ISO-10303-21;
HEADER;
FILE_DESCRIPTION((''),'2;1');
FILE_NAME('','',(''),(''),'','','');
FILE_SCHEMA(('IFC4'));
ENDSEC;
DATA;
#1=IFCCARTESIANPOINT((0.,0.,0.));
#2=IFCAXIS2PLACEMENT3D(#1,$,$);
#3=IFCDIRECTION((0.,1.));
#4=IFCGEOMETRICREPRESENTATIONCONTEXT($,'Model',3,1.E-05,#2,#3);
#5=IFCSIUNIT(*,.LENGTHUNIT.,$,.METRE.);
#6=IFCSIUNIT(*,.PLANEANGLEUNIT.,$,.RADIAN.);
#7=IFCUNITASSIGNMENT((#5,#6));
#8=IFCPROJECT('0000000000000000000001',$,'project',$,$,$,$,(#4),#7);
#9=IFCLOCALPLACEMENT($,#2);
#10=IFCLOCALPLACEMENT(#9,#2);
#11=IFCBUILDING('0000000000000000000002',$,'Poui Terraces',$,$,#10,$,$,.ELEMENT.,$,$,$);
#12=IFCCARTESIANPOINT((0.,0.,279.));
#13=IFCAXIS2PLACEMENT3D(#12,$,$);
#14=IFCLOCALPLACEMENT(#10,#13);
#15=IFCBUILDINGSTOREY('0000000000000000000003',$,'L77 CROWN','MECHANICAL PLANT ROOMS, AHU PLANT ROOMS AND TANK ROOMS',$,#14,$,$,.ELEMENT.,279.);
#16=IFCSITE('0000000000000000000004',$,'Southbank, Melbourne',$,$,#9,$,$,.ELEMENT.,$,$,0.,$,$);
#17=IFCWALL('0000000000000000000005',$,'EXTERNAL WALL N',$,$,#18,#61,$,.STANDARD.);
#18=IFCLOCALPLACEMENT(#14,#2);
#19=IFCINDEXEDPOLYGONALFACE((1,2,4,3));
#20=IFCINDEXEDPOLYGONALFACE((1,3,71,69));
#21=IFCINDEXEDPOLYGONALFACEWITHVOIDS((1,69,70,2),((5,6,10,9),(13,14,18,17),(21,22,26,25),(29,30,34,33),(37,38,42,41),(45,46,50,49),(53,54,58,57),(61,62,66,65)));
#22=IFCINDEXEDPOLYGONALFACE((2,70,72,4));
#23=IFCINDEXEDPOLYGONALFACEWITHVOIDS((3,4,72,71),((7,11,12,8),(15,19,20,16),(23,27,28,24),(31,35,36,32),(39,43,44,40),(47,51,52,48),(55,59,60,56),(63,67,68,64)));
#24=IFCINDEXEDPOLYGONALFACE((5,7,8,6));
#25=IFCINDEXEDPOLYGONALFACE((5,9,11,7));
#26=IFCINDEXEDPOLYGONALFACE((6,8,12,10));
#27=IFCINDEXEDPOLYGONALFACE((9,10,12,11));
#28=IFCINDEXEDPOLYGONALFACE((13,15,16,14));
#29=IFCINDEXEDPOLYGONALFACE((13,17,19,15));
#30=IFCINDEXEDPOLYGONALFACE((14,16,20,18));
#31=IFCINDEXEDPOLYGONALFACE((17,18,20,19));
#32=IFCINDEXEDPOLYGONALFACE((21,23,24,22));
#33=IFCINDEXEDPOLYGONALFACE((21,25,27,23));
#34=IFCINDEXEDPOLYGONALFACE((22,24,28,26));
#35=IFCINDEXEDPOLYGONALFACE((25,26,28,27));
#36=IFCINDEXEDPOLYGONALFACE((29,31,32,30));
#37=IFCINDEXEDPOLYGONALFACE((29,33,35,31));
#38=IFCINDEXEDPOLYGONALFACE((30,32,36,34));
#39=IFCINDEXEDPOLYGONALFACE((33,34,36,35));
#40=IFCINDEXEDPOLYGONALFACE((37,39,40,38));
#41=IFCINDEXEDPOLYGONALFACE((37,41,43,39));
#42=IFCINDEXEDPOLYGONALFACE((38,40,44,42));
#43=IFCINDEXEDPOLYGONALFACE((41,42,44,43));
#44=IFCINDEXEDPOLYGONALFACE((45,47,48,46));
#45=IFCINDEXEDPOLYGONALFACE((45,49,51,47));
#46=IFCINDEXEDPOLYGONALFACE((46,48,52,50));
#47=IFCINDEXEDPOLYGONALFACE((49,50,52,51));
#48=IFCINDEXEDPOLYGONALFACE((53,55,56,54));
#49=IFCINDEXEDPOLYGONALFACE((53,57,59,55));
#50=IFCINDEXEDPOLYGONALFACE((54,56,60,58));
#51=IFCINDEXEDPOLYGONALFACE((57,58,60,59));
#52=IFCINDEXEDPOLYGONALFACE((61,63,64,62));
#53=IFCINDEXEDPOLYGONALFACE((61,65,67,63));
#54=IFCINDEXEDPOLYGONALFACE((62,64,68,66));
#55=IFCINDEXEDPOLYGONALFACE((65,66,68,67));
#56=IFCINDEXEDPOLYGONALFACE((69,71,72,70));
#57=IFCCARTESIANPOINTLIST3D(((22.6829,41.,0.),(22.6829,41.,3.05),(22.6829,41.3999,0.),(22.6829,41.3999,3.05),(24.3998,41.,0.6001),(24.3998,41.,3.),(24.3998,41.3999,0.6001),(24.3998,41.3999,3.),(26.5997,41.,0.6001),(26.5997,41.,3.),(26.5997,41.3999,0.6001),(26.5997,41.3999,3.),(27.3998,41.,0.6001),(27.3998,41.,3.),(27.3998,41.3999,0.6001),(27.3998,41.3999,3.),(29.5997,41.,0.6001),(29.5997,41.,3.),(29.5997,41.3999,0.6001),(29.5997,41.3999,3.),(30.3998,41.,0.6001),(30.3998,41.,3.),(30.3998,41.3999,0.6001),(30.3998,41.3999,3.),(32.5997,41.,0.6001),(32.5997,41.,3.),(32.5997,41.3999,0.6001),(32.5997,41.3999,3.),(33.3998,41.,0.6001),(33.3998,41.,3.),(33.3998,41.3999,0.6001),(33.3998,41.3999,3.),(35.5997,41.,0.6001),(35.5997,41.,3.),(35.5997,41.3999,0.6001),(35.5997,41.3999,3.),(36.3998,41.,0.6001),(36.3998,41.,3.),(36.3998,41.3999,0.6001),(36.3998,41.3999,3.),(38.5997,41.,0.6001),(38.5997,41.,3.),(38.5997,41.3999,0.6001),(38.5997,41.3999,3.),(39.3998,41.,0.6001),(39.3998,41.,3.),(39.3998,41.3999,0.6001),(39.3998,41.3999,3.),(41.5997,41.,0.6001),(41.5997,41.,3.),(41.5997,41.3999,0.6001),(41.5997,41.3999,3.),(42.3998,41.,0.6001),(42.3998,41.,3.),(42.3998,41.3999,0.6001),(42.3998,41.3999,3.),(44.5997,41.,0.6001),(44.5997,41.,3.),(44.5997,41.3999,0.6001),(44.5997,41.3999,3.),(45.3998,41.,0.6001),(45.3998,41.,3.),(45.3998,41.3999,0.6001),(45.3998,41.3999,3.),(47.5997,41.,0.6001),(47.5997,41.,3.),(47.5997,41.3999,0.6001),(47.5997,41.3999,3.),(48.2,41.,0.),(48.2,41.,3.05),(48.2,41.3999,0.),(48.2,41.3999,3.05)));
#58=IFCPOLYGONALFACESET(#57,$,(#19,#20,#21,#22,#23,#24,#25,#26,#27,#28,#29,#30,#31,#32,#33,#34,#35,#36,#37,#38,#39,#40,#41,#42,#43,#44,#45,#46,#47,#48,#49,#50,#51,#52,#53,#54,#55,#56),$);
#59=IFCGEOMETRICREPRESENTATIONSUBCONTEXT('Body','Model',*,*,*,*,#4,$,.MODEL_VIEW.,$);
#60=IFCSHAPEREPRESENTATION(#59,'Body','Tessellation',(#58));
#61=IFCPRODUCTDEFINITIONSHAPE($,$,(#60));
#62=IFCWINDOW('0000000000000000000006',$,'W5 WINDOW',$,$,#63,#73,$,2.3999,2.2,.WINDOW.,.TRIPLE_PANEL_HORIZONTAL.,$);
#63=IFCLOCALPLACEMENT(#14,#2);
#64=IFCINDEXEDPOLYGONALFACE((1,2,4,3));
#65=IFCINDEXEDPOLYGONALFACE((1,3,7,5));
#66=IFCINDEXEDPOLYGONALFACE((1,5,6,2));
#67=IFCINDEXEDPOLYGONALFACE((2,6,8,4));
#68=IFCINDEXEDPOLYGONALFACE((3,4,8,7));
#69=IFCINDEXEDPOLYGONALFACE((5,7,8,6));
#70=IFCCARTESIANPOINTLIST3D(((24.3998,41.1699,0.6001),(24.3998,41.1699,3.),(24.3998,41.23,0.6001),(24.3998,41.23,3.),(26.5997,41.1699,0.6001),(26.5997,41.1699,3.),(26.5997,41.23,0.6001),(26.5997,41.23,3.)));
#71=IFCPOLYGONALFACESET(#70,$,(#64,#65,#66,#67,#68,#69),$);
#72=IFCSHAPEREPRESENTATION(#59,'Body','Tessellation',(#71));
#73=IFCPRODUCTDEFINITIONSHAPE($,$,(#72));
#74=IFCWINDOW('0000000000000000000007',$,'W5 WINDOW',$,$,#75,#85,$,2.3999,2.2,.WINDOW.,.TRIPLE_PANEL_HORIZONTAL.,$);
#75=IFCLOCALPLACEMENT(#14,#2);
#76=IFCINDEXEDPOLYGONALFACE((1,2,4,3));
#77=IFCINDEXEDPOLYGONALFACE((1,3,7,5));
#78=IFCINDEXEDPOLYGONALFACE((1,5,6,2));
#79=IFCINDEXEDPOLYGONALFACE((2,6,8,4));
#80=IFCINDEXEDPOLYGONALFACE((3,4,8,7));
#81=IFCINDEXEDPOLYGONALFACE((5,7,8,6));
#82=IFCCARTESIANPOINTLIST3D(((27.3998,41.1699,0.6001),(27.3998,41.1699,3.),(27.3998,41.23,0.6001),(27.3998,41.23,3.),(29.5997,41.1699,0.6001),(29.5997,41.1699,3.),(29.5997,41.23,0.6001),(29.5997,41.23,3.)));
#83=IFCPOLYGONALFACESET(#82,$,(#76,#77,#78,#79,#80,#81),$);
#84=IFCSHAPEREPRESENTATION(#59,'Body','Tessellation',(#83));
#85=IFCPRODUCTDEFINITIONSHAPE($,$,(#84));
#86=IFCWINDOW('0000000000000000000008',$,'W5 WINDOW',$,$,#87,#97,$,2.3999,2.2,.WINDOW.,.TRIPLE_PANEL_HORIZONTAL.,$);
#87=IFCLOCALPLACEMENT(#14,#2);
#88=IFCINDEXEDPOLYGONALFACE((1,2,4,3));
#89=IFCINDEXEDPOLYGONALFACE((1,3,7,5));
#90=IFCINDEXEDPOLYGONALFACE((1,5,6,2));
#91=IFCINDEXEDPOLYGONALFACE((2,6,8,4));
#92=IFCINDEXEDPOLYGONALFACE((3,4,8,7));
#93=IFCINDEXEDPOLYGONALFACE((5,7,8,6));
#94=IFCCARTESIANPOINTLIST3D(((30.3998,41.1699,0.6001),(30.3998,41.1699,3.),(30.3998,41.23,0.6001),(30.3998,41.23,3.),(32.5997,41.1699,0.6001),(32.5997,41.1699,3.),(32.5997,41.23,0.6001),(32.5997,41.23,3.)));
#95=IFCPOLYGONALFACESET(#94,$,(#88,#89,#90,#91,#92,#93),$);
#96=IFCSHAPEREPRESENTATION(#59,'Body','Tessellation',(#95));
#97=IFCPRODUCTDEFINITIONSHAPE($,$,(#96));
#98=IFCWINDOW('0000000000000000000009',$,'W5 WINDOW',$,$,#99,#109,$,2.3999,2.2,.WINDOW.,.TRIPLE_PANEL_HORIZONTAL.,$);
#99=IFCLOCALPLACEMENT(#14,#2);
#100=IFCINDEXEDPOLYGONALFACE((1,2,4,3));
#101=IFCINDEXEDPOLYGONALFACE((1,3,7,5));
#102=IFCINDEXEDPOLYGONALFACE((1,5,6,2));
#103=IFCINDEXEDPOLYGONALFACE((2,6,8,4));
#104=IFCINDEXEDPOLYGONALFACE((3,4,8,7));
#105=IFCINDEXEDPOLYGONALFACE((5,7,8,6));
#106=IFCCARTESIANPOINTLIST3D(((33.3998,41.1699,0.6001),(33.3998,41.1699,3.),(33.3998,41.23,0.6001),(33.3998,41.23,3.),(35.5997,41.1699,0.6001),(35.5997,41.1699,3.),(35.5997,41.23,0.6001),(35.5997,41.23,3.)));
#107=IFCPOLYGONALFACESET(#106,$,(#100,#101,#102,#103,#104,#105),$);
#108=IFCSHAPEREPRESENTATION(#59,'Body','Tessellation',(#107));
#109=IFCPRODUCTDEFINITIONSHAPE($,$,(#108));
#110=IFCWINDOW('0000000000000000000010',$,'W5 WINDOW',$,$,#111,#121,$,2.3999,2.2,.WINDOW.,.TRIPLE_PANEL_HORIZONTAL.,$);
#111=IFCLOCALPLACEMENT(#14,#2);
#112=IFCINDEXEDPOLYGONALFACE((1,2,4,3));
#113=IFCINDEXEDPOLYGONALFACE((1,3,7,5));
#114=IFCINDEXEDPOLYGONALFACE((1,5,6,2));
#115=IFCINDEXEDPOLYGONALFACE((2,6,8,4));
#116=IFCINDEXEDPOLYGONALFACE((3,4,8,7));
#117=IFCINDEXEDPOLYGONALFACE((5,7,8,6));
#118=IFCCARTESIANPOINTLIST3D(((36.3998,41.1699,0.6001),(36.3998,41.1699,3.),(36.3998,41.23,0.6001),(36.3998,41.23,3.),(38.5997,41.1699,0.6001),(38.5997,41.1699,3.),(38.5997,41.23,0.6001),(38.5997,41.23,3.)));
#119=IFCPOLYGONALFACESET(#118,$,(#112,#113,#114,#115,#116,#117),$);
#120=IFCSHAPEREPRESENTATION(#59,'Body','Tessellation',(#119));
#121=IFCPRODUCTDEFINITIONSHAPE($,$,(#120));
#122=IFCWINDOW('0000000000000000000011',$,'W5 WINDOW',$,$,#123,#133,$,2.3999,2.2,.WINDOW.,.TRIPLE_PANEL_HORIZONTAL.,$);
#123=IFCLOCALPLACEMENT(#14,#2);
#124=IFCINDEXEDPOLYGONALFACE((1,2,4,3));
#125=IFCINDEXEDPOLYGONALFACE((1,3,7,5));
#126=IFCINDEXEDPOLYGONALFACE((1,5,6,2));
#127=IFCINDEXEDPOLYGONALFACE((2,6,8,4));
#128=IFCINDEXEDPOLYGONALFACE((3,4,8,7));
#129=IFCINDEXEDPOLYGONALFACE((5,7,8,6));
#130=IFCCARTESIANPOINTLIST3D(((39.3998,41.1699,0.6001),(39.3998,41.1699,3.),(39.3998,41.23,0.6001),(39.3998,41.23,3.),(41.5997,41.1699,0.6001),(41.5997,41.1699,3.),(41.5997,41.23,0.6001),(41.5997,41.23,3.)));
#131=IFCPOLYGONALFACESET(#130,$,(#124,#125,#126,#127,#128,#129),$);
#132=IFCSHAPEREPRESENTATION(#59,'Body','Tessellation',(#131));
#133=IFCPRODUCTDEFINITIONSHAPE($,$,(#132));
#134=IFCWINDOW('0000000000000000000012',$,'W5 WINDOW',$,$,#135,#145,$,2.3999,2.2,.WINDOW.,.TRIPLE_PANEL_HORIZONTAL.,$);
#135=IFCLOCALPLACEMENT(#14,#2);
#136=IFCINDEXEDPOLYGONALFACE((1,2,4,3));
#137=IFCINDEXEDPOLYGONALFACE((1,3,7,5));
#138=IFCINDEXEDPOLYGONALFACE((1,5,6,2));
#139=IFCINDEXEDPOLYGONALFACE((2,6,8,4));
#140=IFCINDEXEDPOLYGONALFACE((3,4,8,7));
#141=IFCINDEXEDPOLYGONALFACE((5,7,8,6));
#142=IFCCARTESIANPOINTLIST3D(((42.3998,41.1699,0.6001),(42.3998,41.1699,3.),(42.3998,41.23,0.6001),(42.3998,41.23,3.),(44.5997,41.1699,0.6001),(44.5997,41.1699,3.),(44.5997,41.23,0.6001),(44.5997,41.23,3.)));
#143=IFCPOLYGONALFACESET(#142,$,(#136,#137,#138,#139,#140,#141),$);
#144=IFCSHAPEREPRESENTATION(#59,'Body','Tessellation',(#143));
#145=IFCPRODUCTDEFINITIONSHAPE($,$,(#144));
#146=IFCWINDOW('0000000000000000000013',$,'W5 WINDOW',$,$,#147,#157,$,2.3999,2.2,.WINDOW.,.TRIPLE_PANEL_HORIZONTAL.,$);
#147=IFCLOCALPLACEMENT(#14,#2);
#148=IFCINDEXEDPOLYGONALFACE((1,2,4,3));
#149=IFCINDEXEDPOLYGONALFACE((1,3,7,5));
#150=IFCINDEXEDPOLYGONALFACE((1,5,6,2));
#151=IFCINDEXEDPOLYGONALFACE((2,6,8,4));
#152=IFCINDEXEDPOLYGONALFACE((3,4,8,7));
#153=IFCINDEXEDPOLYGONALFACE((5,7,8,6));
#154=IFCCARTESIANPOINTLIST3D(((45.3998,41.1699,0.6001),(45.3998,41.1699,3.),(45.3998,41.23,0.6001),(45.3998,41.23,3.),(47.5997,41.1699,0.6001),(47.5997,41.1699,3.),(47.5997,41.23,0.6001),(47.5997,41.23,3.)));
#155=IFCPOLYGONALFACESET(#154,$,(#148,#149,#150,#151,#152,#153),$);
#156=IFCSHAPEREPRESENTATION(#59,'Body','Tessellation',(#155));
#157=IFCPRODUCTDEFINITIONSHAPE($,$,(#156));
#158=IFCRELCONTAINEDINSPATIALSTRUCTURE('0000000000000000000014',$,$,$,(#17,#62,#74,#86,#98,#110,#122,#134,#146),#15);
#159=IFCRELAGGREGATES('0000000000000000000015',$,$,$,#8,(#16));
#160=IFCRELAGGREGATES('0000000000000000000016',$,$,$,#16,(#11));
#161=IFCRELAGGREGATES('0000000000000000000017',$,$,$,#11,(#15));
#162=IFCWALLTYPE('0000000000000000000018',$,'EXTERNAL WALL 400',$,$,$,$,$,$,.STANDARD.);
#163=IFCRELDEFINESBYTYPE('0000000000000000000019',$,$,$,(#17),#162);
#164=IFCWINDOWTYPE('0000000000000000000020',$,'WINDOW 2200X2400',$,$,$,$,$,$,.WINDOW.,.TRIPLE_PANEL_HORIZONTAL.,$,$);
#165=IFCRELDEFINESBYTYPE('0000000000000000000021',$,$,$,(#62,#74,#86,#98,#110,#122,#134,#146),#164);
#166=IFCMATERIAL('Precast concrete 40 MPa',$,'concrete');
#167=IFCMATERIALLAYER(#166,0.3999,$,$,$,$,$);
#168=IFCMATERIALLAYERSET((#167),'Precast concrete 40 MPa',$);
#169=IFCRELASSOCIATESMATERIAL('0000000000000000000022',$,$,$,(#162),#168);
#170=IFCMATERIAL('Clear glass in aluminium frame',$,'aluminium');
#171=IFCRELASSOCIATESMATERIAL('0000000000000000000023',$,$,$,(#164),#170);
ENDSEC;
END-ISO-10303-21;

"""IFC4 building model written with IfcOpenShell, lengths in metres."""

from ifc_helpers import new_model, si_unit, direction, frame, frame_2d, origin, place, context, subcontext, project, spatial, rectangle, extrude, material, layer, layer_set, type_object, element, fill, save


model = new_model("IFC4")

# Units and contexts
model_context = context("Model", 3, precision=1e-05, world=origin(), true_north=direction((0.0, 1.0)))
body_context = subcontext(model_context, "Body", "Model", "MODEL_VIEW")
ifc_project = project(units=[si_unit("LENGTHUNIT", "METRE"), si_unit("PLANEANGLEUNIT", "RADIAN")], contexts=[model_context])

# Site, building, storey
site_placement = place(None, origin())
site = spatial("IfcSite", under=ifc_project, at=site_placement, Name="Southbank, Melbourne", CompositionType="ELEMENT", RefElevation=0.0)
building_placement = place(site_placement, origin())
building = spatial("IfcBuilding", under=site, at=building_placement, Name="Poui Terraces", CompositionType="ELEMENT")
storey_placement = place(building_placement, frame((0.0, 0.0, 279.0)))
storey = spatial("IfcBuildingStorey", under=building, at=storey_placement, Name="L77 CROWN", Description="MECHANICAL PLANT ROOMS, AHU PLANT ROOMS AND TANK ROOMS", CompositionType="ELEMENT", Elevation=279.0)

# Wall, openings, windows
ifc_material_1 = material(Name="Precast concrete 40 MPa", Category="concrete")
ifc_layer_1 = layer(ifc_material_1, 0.3999)
ifc_layer_set_1 = layer_set([ifc_layer_1], Name="Precast concrete 40 MPa")
wall_type_1 = type_object("IfcWallType", Name="EXTERNAL WALL 400", PredefinedType="STANDARD", material=ifc_layer_set_1)
wall_1_placement = place(storey_placement, frame((48.2, 41.2, 0.0), z_axis=(0.0, 0.0, 1.0), x_axis=(-1.0, 0.0, 0.0)))
wall_1 = element("IfcWall", 1, at=wall_1_placement, inside=storey, type_object=wall_type_1, Name="EXTERNAL WALL N", PredefinedType="STANDARD", context=body_context, shape_type="SweptSolid", body=[
    extrude(rectangle(XDim=25.5171, YDim=0.3999, at=frame_2d((12.7585, 0.0))), origin(), (0.0, 0.0, 1.0), 3.05),
])
opening_1_placement = place(wall_1_placement, frame((21.6001, 0.0, 0.6001)))
opening_1 = element("IfcOpeningElement", 2, at=opening_1_placement, cuts=wall_1, PredefinedType="OPENING", context=body_context, shape_type="SweptSolid", body=[
    extrude(rectangle(XDim=2.2, YDim=2.3999, at=frame_2d((1.1001, 1.2))), frame((0.0, 0.21, 0.0), z_axis=(0.0, -1.0, 0.0), x_axis=(1.0, 0.0, 0.0)), (0.0, 0.0, 1.0), 0.4199),
])
opening_2_placement = place(wall_1_placement, frame((18.6001, 0.0, 0.6001)))
opening_2 = element("IfcOpeningElement", 3, at=opening_2_placement, cuts=wall_1, PredefinedType="OPENING", context=body_context, shape_type="SweptSolid", body=[
    extrude(rectangle(XDim=2.2, YDim=2.3999, at=frame_2d((1.1001, 1.2))), frame((0.0, 0.21, 0.0), z_axis=(0.0, -1.0, 0.0), x_axis=(1.0, 0.0, 0.0)), (0.0, 0.0, 1.0), 0.4199),
])
opening_3_placement = place(wall_1_placement, frame((15.6001, 0.0, 0.6001)))
opening_3 = element("IfcOpeningElement", 4, at=opening_3_placement, cuts=wall_1, PredefinedType="OPENING", context=body_context, shape_type="SweptSolid", body=[
    extrude(rectangle(XDim=2.2, YDim=2.3999, at=frame_2d((1.1001, 1.2))), frame((0.0, 0.21, 0.0), z_axis=(0.0, -1.0, 0.0), x_axis=(1.0, 0.0, 0.0)), (0.0, 0.0, 1.0), 0.4199),
])
opening_4_placement = place(wall_1_placement, frame((12.6001, 0.0, 0.6001)))
opening_4 = element("IfcOpeningElement", 5, at=opening_4_placement, cuts=wall_1, PredefinedType="OPENING", context=body_context, shape_type="SweptSolid", body=[
    extrude(rectangle(XDim=2.2, YDim=2.3999, at=frame_2d((1.1001, 1.2))), frame((0.0, 0.21, 0.0), z_axis=(0.0, -1.0, 0.0), x_axis=(1.0, 0.0, 0.0)), (0.0, 0.0, 1.0), 0.4199),
])
opening_5_placement = place(wall_1_placement, frame((9.6001, 0.0, 0.6001)))
opening_5 = element("IfcOpeningElement", 6, at=opening_5_placement, cuts=wall_1, PredefinedType="OPENING", context=body_context, shape_type="SweptSolid", body=[
    extrude(rectangle(XDim=2.2, YDim=2.3999, at=frame_2d((1.1001, 1.2))), frame((0.0, 0.21, 0.0), z_axis=(0.0, -1.0, 0.0), x_axis=(1.0, 0.0, 0.0)), (0.0, 0.0, 1.0), 0.4199),
])
opening_6_placement = place(wall_1_placement, frame((6.6001, 0.0, 0.6001)))
opening_6 = element("IfcOpeningElement", 7, at=opening_6_placement, cuts=wall_1, PredefinedType="OPENING", context=body_context, shape_type="SweptSolid", body=[
    extrude(rectangle(XDim=2.2, YDim=2.3999, at=frame_2d((1.1001, 1.2))), frame((0.0, 0.21, 0.0), z_axis=(0.0, -1.0, 0.0), x_axis=(1.0, 0.0, 0.0)), (0.0, 0.0, 1.0), 0.4199),
])
opening_7_placement = place(wall_1_placement, frame((3.6001, 0.0, 0.6001)))
opening_7 = element("IfcOpeningElement", 8, at=opening_7_placement, cuts=wall_1, PredefinedType="OPENING", context=body_context, shape_type="SweptSolid", body=[
    extrude(rectangle(XDim=2.2, YDim=2.3999, at=frame_2d((1.1001, 1.2))), frame((0.0, 0.21, 0.0), z_axis=(0.0, -1.0, 0.0), x_axis=(1.0, 0.0, 0.0)), (0.0, 0.0, 1.0), 0.4199),
])
opening_8_placement = place(wall_1_placement, frame((0.6001, 0.0, 0.6001)))
opening_8 = element("IfcOpeningElement", 9, at=opening_8_placement, cuts=wall_1, PredefinedType="OPENING", context=body_context, shape_type="SweptSolid", body=[
    extrude(rectangle(XDim=2.2, YDim=2.3999, at=frame_2d((1.1001, 1.2))), frame((0.0, 0.21, 0.0), z_axis=(0.0, -1.0, 0.0), x_axis=(1.0, 0.0, 0.0)), (0.0, 0.0, 1.0), 0.4199),
])
ifc_material_2 = material(Name="Clear glass in aluminium frame", Category="aluminium")
window_type = type_object("IfcWindowType", Name="WINDOW 2200X2400", PartitioningType="TRIPLE_PANEL_HORIZONTAL", PredefinedType="WINDOW", material=ifc_material_2)
window_1_placement = place(opening_1_placement, origin())
window_1 = element("IfcWindow", 10, at=window_1_placement, inside=storey, type_object=window_type, Name="W5 WINDOW", OverallHeight=2.3999, OverallWidth=2.2, PartitioningType="TRIPLE_PANEL_HORIZONTAL", PredefinedType="WINDOW", context=body_context, shape_type="SweptSolid", body=[
    extrude(rectangle(XDim=2.2, YDim=2.3999, at=frame_2d((1.1001, 1.2))), frame((0.0, 0.03, 0.0), z_axis=(0.0, -1.0, 0.0), x_axis=(1.0, 0.0, 0.0)), (0.0, 0.0, 1.0), 0.0601),
])
fill(opening_1, window_1)
window_2_placement = place(opening_2_placement, origin())
window_2 = element("IfcWindow", 11, at=window_2_placement, inside=storey, type_object=window_type, Name="W5 WINDOW", OverallHeight=2.3999, OverallWidth=2.2, PartitioningType="TRIPLE_PANEL_HORIZONTAL", PredefinedType="WINDOW", context=body_context, shape_type="SweptSolid", body=[
    extrude(rectangle(XDim=2.2, YDim=2.3999, at=frame_2d((1.1001, 1.2))), frame((0.0, 0.03, 0.0), z_axis=(0.0, -1.0, 0.0), x_axis=(1.0, 0.0, 0.0)), (0.0, 0.0, 1.0), 0.0601),
])
fill(opening_2, window_2)
window_3_placement = place(opening_3_placement, origin())
window_3 = element("IfcWindow", 12, at=window_3_placement, inside=storey, type_object=window_type, Name="W5 WINDOW", OverallHeight=2.3999, OverallWidth=2.2, PartitioningType="TRIPLE_PANEL_HORIZONTAL", PredefinedType="WINDOW", context=body_context, shape_type="SweptSolid", body=[
    extrude(rectangle(XDim=2.2, YDim=2.3999, at=frame_2d((1.1001, 1.2))), frame((0.0, 0.03, 0.0), z_axis=(0.0, -1.0, 0.0), x_axis=(1.0, 0.0, 0.0)), (0.0, 0.0, 1.0), 0.0601),
])
fill(opening_3, window_3)
window_4_placement = place(opening_4_placement, origin())
window_4 = element("IfcWindow", 13, at=window_4_placement, inside=storey, type_object=window_type, Name="W5 WINDOW", OverallHeight=2.3999, OverallWidth=2.2, PartitioningType="TRIPLE_PANEL_HORIZONTAL", PredefinedType="WINDOW", context=body_context, shape_type="SweptSolid", body=[
    extrude(rectangle(XDim=2.2, YDim=2.3999, at=frame_2d((1.1001, 1.2))), frame((0.0, 0.03, 0.0), z_axis=(0.0, -1.0, 0.0), x_axis=(1.0, 0.0, 0.0)), (0.0, 0.0, 1.0), 0.0601),
])
fill(opening_4, window_4)
window_5_placement = place(opening_5_placement, origin())
window_5 = element("IfcWindow", 14, at=window_5_placement, inside=storey, type_object=window_type, Name="W5 WINDOW", OverallHeight=2.3999, OverallWidth=2.2, PartitioningType="TRIPLE_PANEL_HORIZONTAL", PredefinedType="WINDOW", context=body_context, shape_type="SweptSolid", body=[
    extrude(rectangle(XDim=2.2, YDim=2.3999, at=frame_2d((1.1001, 1.2))), frame((0.0, 0.03, 0.0), z_axis=(0.0, -1.0, 0.0), x_axis=(1.0, 0.0, 0.0)), (0.0, 0.0, 1.0), 0.0601),
])
fill(opening_5, window_5)
window_6_placement = place(opening_6_placement, origin())
window_6 = element("IfcWindow", 15, at=window_6_placement, inside=storey, type_object=window_type, Name="W5 WINDOW", OverallHeight=2.3999, OverallWidth=2.2, PartitioningType="TRIPLE_PANEL_HORIZONTAL", PredefinedType="WINDOW", context=body_context, shape_type="SweptSolid", body=[
    extrude(rectangle(XDim=2.2, YDim=2.3999, at=frame_2d((1.1001, 1.2))), frame((0.0, 0.03, 0.0), z_axis=(0.0, -1.0, 0.0), x_axis=(1.0, 0.0, 0.0)), (0.0, 0.0, 1.0), 0.0601),
])
fill(opening_6, window_6)
window_7_placement = place(opening_7_placement, origin())
window_7 = element("IfcWindow", 16, at=window_7_placement, inside=storey, type_object=window_type, Name="W5 WINDOW", OverallHeight=2.3999, OverallWidth=2.2, PartitioningType="TRIPLE_PANEL_HORIZONTAL", PredefinedType="WINDOW", context=body_context, shape_type="SweptSolid", body=[
    extrude(rectangle(XDim=2.2, YDim=2.3999, at=frame_2d((1.1001, 1.2))), frame((0.0, 0.03, 0.0), z_axis=(0.0, -1.0, 0.0), x_axis=(1.0, 0.0, 0.0)), (0.0, 0.0, 1.0), 0.0601),
])
fill(opening_7, window_7)
window_8_placement = place(opening_8_placement, origin())
window_8 = element("IfcWindow", 17, at=window_8_placement, inside=storey, type_object=window_type, Name="W5 WINDOW", OverallHeight=2.3999, OverallWidth=2.2, PartitioningType="TRIPLE_PANEL_HORIZONTAL", PredefinedType="WINDOW", context=body_context, shape_type="SweptSolid", body=[
    extrude(rectangle(XDim=2.2, YDim=2.3999, at=frame_2d((1.1001, 1.2))), frame((0.0, 0.03, 0.0), z_axis=(0.0, -1.0, 0.0), x_axis=(1.0, 0.0, 0.0)), (0.0, 0.0, 1.0), 0.0601),
])
fill(opening_8, window_8)

save(model, "model.ifc")
